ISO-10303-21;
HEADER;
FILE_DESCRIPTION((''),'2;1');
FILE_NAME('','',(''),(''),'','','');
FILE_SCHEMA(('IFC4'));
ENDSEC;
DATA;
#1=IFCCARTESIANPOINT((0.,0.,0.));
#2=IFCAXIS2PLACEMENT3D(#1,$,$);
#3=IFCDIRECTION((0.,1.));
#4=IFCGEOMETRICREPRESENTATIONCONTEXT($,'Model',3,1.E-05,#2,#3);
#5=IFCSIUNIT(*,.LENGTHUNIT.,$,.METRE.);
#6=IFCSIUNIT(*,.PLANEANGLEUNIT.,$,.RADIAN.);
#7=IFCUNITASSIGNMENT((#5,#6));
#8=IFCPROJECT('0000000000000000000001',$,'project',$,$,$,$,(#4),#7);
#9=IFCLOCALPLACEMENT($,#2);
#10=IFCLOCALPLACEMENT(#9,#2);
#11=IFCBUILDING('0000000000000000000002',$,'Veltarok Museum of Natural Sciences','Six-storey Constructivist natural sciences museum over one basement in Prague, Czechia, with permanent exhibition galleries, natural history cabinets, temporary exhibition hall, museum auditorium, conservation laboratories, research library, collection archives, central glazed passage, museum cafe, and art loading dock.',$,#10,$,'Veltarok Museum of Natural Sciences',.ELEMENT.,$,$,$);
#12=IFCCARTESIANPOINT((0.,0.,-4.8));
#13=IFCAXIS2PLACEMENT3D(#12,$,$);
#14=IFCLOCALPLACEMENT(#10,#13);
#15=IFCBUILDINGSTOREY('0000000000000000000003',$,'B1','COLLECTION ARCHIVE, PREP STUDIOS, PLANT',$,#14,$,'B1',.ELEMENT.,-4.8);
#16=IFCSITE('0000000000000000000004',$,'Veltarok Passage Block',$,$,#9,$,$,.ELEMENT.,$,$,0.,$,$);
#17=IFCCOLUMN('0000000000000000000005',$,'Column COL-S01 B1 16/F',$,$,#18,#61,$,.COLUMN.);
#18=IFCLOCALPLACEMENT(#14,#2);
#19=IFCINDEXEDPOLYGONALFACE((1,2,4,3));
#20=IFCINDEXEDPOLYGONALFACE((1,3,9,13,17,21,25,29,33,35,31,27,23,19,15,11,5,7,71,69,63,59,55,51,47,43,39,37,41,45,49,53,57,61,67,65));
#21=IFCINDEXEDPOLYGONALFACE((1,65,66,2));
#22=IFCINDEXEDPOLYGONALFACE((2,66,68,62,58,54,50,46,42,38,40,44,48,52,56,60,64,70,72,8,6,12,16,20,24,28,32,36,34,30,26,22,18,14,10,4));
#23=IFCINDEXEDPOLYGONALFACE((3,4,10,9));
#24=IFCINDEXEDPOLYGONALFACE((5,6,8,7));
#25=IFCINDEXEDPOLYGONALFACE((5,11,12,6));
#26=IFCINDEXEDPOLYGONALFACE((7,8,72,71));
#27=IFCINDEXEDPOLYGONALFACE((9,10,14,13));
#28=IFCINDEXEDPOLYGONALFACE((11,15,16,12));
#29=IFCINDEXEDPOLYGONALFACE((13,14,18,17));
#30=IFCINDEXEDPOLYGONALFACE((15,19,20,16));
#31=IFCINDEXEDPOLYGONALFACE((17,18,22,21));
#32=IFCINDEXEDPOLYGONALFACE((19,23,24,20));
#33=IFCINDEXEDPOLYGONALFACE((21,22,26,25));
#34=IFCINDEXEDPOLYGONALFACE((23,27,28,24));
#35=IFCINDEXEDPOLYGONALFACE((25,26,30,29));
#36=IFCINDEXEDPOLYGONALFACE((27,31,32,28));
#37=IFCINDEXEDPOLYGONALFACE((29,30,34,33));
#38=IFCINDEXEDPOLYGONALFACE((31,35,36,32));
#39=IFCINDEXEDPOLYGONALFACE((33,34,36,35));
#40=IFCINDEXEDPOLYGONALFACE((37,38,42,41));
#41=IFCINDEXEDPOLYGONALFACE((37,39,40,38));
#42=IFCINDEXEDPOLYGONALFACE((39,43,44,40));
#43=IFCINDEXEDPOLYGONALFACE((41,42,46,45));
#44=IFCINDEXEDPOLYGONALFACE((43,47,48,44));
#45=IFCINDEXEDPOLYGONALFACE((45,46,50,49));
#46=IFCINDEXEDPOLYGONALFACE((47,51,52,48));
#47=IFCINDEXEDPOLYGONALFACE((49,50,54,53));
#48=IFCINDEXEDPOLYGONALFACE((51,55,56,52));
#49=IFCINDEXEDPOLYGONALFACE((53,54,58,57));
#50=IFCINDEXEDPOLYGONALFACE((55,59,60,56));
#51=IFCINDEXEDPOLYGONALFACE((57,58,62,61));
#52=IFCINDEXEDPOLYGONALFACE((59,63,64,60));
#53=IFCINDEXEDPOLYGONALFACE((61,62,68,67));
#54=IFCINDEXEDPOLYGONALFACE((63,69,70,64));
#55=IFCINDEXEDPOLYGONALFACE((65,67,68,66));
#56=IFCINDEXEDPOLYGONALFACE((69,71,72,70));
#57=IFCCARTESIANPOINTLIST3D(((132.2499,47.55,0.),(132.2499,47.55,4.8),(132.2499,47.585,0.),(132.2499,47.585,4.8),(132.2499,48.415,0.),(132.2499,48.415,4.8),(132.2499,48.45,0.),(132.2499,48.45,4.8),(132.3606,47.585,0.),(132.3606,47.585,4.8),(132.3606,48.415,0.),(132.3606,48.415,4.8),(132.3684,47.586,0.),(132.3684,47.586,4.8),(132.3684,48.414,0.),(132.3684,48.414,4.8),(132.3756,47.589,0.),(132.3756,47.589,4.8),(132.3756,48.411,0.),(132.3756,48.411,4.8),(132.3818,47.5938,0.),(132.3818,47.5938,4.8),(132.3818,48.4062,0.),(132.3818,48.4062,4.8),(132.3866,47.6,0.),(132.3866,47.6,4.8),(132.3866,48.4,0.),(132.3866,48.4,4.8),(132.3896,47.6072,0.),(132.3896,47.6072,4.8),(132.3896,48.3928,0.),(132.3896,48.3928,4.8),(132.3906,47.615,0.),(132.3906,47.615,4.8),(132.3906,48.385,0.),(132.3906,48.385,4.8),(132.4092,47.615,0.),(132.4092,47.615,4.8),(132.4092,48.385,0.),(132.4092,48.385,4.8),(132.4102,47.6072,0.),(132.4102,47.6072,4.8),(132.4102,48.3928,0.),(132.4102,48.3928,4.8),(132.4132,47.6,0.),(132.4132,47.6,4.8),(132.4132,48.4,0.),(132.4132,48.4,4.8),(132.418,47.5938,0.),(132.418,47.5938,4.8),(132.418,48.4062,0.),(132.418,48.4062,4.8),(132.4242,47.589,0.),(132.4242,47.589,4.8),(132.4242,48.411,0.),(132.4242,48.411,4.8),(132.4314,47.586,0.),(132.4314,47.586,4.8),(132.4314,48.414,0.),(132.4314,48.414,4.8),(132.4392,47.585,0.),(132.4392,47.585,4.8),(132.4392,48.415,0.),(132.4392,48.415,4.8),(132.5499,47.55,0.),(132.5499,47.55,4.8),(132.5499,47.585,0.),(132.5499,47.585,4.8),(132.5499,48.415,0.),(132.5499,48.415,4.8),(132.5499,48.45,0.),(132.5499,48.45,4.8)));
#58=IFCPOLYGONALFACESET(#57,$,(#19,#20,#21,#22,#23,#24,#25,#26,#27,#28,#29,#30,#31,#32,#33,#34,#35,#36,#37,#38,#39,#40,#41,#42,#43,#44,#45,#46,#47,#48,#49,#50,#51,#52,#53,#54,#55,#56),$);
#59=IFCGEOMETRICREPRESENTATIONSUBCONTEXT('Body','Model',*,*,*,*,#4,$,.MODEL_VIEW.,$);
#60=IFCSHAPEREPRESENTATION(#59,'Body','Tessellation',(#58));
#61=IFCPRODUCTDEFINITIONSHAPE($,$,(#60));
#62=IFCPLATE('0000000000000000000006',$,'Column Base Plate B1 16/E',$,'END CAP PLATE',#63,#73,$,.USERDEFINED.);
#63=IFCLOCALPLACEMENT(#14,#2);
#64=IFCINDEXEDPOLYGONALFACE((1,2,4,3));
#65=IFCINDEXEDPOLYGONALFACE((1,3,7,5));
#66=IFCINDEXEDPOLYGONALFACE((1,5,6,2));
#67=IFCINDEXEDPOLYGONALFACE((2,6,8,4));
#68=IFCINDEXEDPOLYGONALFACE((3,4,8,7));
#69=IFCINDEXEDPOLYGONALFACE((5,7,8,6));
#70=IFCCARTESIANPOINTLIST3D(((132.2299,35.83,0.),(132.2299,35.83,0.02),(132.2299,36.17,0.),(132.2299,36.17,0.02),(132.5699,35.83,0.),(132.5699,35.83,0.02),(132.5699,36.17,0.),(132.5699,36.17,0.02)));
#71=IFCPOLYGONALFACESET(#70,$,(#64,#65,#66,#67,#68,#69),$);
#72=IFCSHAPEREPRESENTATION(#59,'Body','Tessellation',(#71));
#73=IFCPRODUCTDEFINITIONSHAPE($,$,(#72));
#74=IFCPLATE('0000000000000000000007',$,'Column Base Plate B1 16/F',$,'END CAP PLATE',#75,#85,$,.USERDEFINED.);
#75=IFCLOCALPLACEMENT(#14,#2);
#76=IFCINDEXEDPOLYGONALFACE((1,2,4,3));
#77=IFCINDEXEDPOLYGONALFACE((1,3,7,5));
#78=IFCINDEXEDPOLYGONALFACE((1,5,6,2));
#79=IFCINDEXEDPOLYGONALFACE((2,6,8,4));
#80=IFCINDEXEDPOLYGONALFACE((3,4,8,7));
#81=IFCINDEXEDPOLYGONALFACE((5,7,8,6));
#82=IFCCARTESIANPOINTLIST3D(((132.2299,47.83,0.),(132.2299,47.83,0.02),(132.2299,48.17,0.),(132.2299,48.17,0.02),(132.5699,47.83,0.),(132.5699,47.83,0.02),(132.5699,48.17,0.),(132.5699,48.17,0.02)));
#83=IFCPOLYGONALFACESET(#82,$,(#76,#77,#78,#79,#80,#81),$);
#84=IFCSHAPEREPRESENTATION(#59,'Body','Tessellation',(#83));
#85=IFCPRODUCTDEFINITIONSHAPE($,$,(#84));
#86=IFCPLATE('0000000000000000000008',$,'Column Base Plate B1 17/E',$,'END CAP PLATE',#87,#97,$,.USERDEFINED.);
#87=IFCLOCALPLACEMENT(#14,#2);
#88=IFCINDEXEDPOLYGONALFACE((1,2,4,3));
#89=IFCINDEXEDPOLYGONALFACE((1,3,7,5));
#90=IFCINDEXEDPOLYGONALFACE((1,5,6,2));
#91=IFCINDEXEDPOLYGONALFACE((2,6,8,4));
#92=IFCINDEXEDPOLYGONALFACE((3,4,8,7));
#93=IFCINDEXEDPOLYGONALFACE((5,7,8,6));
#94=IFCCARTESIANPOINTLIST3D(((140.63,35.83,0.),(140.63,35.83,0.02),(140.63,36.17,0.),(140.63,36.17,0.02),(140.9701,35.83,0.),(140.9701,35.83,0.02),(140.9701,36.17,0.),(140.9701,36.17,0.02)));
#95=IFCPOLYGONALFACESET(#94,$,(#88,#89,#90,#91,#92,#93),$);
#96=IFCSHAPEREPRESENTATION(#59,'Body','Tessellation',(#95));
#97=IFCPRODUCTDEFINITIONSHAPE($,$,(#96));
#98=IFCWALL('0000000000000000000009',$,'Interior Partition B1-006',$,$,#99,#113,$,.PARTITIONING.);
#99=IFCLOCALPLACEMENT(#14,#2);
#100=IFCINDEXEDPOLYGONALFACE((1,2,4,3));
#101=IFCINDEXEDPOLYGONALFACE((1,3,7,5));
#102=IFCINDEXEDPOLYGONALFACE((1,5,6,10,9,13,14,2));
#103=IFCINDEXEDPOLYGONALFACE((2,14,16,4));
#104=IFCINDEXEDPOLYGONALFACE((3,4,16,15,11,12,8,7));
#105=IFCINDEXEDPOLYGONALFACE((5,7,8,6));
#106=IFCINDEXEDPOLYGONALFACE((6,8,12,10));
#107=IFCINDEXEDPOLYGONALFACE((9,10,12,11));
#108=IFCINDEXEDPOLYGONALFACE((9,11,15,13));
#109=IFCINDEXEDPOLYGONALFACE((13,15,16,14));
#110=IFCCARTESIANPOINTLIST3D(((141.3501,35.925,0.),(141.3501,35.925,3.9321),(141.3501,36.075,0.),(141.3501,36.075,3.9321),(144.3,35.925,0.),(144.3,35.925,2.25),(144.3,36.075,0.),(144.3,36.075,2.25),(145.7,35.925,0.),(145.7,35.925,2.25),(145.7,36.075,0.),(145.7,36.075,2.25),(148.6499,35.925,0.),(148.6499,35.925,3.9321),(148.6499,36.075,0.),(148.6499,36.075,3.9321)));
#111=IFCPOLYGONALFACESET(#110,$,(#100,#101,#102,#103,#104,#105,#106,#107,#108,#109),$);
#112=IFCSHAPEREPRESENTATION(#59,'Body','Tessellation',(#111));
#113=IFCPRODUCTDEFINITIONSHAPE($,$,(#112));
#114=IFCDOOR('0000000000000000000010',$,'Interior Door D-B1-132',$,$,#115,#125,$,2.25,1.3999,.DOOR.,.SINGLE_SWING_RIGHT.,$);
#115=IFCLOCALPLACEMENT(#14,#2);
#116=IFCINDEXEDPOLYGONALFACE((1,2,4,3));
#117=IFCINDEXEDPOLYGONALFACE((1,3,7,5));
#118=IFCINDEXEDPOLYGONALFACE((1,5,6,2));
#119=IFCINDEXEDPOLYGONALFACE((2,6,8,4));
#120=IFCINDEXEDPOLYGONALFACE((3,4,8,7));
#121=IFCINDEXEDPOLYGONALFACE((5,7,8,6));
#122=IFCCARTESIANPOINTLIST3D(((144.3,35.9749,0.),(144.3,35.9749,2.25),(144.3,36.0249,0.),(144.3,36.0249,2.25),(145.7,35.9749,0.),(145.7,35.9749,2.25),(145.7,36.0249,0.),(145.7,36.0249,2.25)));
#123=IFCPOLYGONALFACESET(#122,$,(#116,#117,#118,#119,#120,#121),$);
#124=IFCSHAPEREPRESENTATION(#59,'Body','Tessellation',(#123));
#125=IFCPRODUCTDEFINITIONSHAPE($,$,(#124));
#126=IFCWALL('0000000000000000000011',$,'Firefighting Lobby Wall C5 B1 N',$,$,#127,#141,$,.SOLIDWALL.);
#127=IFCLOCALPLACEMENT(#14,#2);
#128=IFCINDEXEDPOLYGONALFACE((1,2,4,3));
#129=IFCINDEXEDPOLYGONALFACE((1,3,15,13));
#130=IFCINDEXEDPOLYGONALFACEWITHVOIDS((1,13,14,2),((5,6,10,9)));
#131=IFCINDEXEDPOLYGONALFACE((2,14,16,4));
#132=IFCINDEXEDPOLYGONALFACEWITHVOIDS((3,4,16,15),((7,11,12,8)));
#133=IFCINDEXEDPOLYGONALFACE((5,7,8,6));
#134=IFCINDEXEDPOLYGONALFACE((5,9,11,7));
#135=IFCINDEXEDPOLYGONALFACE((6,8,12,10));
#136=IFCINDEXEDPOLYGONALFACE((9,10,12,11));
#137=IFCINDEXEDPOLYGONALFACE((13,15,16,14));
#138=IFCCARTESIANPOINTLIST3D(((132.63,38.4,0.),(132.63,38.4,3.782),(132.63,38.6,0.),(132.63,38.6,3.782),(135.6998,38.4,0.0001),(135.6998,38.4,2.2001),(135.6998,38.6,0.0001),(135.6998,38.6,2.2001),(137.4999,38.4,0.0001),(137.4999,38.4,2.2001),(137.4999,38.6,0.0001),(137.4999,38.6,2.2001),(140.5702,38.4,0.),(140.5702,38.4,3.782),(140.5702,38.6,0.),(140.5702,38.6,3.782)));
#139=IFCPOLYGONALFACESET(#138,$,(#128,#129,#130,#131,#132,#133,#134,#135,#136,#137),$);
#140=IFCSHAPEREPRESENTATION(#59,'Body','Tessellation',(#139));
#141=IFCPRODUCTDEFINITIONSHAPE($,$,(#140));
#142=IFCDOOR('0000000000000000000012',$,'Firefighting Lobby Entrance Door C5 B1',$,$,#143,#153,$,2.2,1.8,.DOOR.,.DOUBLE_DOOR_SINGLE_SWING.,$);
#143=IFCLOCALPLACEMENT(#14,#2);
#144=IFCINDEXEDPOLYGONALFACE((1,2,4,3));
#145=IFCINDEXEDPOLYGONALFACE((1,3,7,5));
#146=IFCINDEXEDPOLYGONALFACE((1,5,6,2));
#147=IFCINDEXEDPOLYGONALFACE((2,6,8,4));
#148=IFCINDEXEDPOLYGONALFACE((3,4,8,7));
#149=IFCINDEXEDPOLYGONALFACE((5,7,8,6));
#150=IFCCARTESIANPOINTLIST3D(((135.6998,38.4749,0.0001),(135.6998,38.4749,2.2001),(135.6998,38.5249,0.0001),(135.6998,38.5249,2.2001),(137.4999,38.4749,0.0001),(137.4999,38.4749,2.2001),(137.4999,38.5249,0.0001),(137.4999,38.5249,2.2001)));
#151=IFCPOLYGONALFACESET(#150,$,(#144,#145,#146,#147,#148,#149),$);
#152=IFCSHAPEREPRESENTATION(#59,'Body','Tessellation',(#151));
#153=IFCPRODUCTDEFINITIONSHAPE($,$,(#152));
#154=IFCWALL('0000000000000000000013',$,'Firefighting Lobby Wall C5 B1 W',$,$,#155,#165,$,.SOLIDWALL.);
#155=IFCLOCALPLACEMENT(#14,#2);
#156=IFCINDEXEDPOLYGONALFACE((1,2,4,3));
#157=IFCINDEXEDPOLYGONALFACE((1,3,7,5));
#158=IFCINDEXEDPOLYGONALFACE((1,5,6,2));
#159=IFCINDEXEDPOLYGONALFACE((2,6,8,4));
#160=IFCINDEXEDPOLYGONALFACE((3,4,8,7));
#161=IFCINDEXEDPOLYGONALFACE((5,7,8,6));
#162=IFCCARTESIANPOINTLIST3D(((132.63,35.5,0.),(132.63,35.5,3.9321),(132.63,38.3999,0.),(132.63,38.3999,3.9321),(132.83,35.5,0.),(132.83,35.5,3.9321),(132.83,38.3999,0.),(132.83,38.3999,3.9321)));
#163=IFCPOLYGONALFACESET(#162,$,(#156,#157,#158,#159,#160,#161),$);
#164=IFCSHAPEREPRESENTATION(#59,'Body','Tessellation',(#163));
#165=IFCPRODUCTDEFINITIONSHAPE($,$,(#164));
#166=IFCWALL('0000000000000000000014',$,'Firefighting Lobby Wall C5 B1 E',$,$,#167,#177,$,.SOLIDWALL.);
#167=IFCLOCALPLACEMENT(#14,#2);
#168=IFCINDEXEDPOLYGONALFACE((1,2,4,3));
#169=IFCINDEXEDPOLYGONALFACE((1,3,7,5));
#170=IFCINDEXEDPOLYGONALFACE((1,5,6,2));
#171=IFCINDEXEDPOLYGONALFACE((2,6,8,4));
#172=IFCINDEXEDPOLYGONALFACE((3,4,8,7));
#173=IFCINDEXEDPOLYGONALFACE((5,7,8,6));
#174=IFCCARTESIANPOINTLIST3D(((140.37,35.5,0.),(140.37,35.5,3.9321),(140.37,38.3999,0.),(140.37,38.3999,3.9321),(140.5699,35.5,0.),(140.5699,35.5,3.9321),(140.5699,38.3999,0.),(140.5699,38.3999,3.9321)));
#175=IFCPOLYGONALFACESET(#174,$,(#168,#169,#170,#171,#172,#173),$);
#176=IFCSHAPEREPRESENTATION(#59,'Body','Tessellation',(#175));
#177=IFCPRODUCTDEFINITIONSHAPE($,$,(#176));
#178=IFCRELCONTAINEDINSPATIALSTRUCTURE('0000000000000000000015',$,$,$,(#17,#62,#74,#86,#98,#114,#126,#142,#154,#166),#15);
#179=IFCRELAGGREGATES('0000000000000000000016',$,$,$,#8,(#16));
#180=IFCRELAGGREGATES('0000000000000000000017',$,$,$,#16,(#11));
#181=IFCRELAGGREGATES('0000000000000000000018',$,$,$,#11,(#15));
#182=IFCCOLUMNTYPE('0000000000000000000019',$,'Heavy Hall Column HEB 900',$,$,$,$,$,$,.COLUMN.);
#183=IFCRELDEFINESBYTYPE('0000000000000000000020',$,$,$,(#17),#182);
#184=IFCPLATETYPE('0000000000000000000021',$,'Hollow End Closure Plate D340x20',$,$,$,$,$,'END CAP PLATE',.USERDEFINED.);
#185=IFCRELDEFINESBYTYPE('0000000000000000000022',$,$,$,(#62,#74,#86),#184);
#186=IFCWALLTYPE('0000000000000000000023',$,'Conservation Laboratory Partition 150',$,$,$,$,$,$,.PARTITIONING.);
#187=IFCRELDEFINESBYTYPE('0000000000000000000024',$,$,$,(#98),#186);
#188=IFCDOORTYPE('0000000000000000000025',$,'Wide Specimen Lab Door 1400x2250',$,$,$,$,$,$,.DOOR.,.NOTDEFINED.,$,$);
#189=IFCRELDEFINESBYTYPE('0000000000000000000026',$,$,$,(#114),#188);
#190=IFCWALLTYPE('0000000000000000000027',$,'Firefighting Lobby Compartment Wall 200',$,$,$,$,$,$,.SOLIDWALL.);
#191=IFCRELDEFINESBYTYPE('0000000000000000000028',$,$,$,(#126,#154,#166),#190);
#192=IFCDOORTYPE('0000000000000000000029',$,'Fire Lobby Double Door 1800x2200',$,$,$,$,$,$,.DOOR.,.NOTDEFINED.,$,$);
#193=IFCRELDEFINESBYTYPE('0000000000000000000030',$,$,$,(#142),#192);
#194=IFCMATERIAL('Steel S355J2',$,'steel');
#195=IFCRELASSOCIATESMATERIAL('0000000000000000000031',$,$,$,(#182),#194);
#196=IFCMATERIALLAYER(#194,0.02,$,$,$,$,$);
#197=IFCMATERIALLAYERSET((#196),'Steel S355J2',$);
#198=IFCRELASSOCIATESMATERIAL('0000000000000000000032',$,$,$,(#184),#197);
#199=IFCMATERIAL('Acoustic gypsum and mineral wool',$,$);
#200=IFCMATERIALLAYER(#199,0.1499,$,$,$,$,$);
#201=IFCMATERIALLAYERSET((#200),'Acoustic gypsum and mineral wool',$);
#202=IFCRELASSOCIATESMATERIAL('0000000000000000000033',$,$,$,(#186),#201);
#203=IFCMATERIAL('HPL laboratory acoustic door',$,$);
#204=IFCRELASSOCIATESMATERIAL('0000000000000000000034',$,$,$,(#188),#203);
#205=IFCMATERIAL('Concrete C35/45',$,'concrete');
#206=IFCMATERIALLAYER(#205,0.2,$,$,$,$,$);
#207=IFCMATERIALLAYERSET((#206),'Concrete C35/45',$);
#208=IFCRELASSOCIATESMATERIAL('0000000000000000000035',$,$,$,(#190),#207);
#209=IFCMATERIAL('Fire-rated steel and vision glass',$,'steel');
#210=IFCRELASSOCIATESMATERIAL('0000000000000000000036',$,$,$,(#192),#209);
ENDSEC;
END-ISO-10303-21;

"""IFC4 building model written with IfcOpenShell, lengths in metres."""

from ifc_helpers import new_model, si_unit, direction, frame, frame_2d, origin, origin_2d, place, context, subcontext, project, spatial, rectangle, i_section, extrude, material, layer, layer_set, material_profile, profile_set, type_object, element, fill, save


model = new_model("IFC4")

# Units and contexts
model_context = context("Model", 3, precision=1e-05, world=origin(), true_north=direction((0.0, 1.0)))
body_context = subcontext(model_context, "Body", "Model", "MODEL_VIEW")
ifc_project = project(units=[si_unit("LENGTHUNIT", "METRE"), si_unit("PLANEANGLEUNIT", "RADIAN")], contexts=[model_context])

# Site, building, storey
site_placement = place(None, origin())
site = spatial("IfcSite", under=ifc_project, at=site_placement, Name="Veltarok Passage Block", CompositionType="ELEMENT", RefElevation=0.0)
building_placement = place(site_placement, origin())
building = spatial("IfcBuilding", under=site, at=building_placement, Name="Veltarok Museum of Natural Sciences", Description="Six-storey Constructivist natural sciences museum over one basement in Prague, Czechia, with permanent exhibition galleries, natural history cabinets, temporary exhibition hall, museum auditorium, conservation laboratories, research library, collection archives, central glazed passage, museum cafe, and art loading dock.", LongName="Veltarok Museum of Natural Sciences", CompositionType="ELEMENT")
storey_placement = place(building_placement, frame((0.0, 0.0, -4.8)))
storey = spatial("IfcBuildingStorey", under=building, at=storey_placement, Name="B1", Description="COLLECTION ARCHIVE, PREP STUDIOS, PLANT", LongName="B1", CompositionType="ELEMENT", Elevation=-4.8)

# Shared definitions
ifc_material_1 = material(Name="Concrete C35/45", Category="concrete")

# Column
ifc_material_2 = material(Name="Steel S355J2", Category="steel")
ifc_material_profile_1 = material_profile(ifc_material_2, i_section(OverallWidth=0.3, OverallDepth=0.8999, WebThickness=0.0186, FlangeThickness=0.0349, FilletRadius=0.03, at=origin_2d()), Name="HEB 900")
ifc_profile_set_1 = profile_set([ifc_material_profile_1], Name="Steel S355J2")
column_type_1 = type_object("IfcColumnType", Name="Heavy Hall Column HEB 900", PredefinedType="COLUMN", material=ifc_profile_set_1)
column_placement = place(storey_placement, frame((132.3999, 48.0, 0.0), z_axis=(0.0, 0.0, 1.0), x_axis=(1.0, 0.0, 0.0)))
element("IfcColumn", 1, at=column_placement, inside=storey, type_object=column_type_1, Name="Column COL-S01 B1 16/F", PredefinedType="COLUMN", context=body_context, shape_type="SweptSolid", body=[
    extrude(i_section(OverallWidth=0.3, OverallDepth=0.8999, WebThickness=0.0186, FlangeThickness=0.0349, FilletRadius=0.03, at=origin_2d()), origin(), (0.0, 0.0, 1.0), 4.8),
])

# Plates
ifc_layer_1 = layer(ifc_material_2, 0.02)
ifc_layer_set_1 = layer_set([ifc_layer_1], Name="Steel S355J2")
plate_type = type_object("IfcPlateType", Name="Hollow End Closure Plate D340x20", ElementType="END CAP PLATE", PredefinedType="USERDEFINED", material=ifc_layer_set_1)
for number, where, z_axis, x_axis, name in (
    (2, (132.3999, 36.0, 0.0), (0.0, 0.0, 1.0), (1.0, 0.0, 0.0), "Column Base Plate B1 16/E"),
    (3, (132.3999, 48.0, 0.0), (0.0, 0.0, 1.0), (1.0, 0.0, 0.0), "Column Base Plate B1 16/F"),
    (4, (140.8, 36.0, 0.0), (0.0, 0.0, 1.0), (1.0, 0.0, 0.0), "Column Base Plate B1 17/E"),
):
    element("IfcPlate", number, at=place(storey_placement, frame(where, z_axis=z_axis, x_axis=x_axis)), inside=storey, type_object=plate_type, Name=name, ObjectType="END CAP PLATE", PredefinedType="USERDEFINED", context=body_context, shape_type="SweptSolid", body=[
        extrude(rectangle(XDim=0.3401, YDim=0.3401, at=origin_2d()), origin(), (0.0, 0.0, 1.0), 0.02),
    ])

# Walls, openings, doors
ifc_material_3 = material(Name="Acoustic gypsum and mineral wool")
ifc_layer_2 = layer(ifc_material_3, 0.1499)
ifc_layer_set_2 = layer_set([ifc_layer_2], Name="Acoustic gypsum and mineral wool")
wall_type_1 = type_object("IfcWallType", Name="Conservation Laboratory Partition 150", PredefinedType="PARTITIONING", material=ifc_layer_set_2)
wall_1_placement = place(storey_placement, frame((141.3501, 36.0, 0.0), z_axis=(0.0, 0.0, 1.0), x_axis=(1.0, 0.0, 0.0)))
wall_1 = element("IfcWall", 5, at=wall_1_placement, inside=storey, type_object=wall_type_1, Name="Interior Partition B1-006", PredefinedType="PARTITIONING", context=body_context, shape_type="SweptSolid", body=[
    extrude(rectangle(XDim=7.2998, YDim=0.1499, at=frame_2d((3.6499, 0.0))), origin(), (0.0, 0.0, 1.0), 3.9321),
])
opening_1_placement = place(wall_1_placement, frame((2.95, 0.0, 0.0)))
opening_1 = element("IfcOpeningElement", 6, at=opening_1_placement, cuts=wall_1, PredefinedType="OPENING", context=body_context, shape_type="SweptSolid", body=[
    extrude(rectangle(XDim=1.3999, YDim=2.25, at=frame_2d((0.7, 1.125))), frame((0.0, 0.085, 0.0), z_axis=(0.0, -1.0, 0.0), x_axis=(1.0, 0.0, 0.0)), (0.0, 0.0, 1.0), 0.1699),
])
ifc_material_4 = material(Name="HPL laboratory acoustic door")
door_type_1 = type_object("IfcDoorType", Name="Wide Specimen Lab Door 1400x2250", OperationType="NOTDEFINED", PredefinedType="DOOR", material=ifc_material_4)
door_1_placement = place(opening_1_placement, origin())
door_1 = element("IfcDoor", 7, at=door_1_placement, inside=storey, type_object=door_type_1, Name="Interior Door D-B1-132", OperationType="SINGLE_SWING_RIGHT", OverallHeight=2.25, OverallWidth=1.3999, PredefinedType="DOOR", context=body_context, shape_type="SweptSolid", body=[
    extrude(rectangle(XDim=1.3999, YDim=2.25, at=frame_2d((0.7, 1.125))), frame((0.0, 0.0249, 0.0), z_axis=(0.0, -1.0, 0.0), x_axis=(1.0, 0.0, 0.0)), (0.0, 0.0, 1.0), 0.05),
])
fill(opening_1, door_1)
ifc_layer_3 = layer(ifc_material_1, 0.2)
ifc_layer_set_3 = layer_set([ifc_layer_3], Name="Concrete C35/45")
wall_type_2 = type_object("IfcWallType", Name="Firefighting Lobby Compartment Wall 200", PredefinedType="SOLIDWALL", material=ifc_layer_set_3)
wall_2_placement = place(storey_placement, frame((132.6299, 38.5, 0.0), z_axis=(0.0, 0.0, 1.0), x_axis=(1.0, 0.0, 0.0)))
wall_2 = element("IfcWall", 8, at=wall_2_placement, inside=storey, type_object=wall_type_2, Name="Firefighting Lobby Wall C5 B1 N", PredefinedType="SOLIDWALL", context=body_context, shape_type="SweptSolid", body=[
    extrude(rectangle(XDim=7.9402, YDim=0.2, at=frame_2d((3.9702, 0.0))), origin(), (0.0, 0.0, 1.0), 3.782),
])
opening_2_placement = place(wall_2_placement, frame((3.0701, 0.0, 0.0)))
opening_2 = element("IfcOpeningElement", 9, at=opening_2_placement, cuts=wall_2, PredefinedType="OPENING", context=body_context, shape_type="SweptSolid", body=[
    extrude(rectangle(XDim=1.8, YDim=2.2, at=frame_2d((0.8999, 1.1001))), frame((0.0, 0.1099, 0.0), z_axis=(0.0, -1.0, 0.0), x_axis=(1.0, 0.0, 0.0)), (0.0, 0.0, 1.0), 0.22),
])
ifc_material_5 = material(Name="Fire-rated steel and vision glass", Category="steel")
door_type_2 = type_object("IfcDoorType", Name="Fire Lobby Double Door 1800x2200", OperationType="NOTDEFINED", PredefinedType="DOOR", material=ifc_material_5)
door_2_placement = place(opening_2_placement, origin())
door_2 = element("IfcDoor", 10, at=door_2_placement, inside=storey, type_object=door_type_2, Name="Firefighting Lobby Entrance Door C5 B1", OperationType="DOUBLE_DOOR_SINGLE_SWING", OverallHeight=2.2, OverallWidth=1.8, PredefinedType="DOOR", context=body_context, shape_type="SweptSolid", body=[
    extrude(rectangle(XDim=1.8, YDim=2.2, at=frame_2d((0.8999, 1.1001))), frame((0.0, 0.0249, 0.0), z_axis=(0.0, -1.0, 0.0), x_axis=(1.0, 0.0, 0.0)), (0.0, 0.0, 1.0), 0.05),
])
fill(opening_2, door_2)

# Walls
for number, where, z_axis, x_axis, name in (
    (11, (132.73, 35.5, 0.0), (0.0, 0.0, 1.0), (0.0, 1.0, 0.0), "Firefighting Lobby Wall C5 B1 W"),
    (12, (140.47, 38.3999, 0.0), (0.0, 0.0, 1.0), (0.0, -1.0, 0.0), "Firefighting Lobby Wall C5 B1 E"),
):
    element("IfcWall", number, at=place(storey_placement, frame(where, z_axis=z_axis, x_axis=x_axis)), inside=storey, type_object=wall_type_2, Name=name, PredefinedType="SOLIDWALL", context=body_context, shape_type="SweptSolid", body=[
        extrude(rectangle(XDim=2.8999, YDim=0.2, at=frame_2d((1.45, 0.0))), origin(), (0.0, 0.0, 1.0), 3.9321),
    ])

save(model, "model.ifc")
